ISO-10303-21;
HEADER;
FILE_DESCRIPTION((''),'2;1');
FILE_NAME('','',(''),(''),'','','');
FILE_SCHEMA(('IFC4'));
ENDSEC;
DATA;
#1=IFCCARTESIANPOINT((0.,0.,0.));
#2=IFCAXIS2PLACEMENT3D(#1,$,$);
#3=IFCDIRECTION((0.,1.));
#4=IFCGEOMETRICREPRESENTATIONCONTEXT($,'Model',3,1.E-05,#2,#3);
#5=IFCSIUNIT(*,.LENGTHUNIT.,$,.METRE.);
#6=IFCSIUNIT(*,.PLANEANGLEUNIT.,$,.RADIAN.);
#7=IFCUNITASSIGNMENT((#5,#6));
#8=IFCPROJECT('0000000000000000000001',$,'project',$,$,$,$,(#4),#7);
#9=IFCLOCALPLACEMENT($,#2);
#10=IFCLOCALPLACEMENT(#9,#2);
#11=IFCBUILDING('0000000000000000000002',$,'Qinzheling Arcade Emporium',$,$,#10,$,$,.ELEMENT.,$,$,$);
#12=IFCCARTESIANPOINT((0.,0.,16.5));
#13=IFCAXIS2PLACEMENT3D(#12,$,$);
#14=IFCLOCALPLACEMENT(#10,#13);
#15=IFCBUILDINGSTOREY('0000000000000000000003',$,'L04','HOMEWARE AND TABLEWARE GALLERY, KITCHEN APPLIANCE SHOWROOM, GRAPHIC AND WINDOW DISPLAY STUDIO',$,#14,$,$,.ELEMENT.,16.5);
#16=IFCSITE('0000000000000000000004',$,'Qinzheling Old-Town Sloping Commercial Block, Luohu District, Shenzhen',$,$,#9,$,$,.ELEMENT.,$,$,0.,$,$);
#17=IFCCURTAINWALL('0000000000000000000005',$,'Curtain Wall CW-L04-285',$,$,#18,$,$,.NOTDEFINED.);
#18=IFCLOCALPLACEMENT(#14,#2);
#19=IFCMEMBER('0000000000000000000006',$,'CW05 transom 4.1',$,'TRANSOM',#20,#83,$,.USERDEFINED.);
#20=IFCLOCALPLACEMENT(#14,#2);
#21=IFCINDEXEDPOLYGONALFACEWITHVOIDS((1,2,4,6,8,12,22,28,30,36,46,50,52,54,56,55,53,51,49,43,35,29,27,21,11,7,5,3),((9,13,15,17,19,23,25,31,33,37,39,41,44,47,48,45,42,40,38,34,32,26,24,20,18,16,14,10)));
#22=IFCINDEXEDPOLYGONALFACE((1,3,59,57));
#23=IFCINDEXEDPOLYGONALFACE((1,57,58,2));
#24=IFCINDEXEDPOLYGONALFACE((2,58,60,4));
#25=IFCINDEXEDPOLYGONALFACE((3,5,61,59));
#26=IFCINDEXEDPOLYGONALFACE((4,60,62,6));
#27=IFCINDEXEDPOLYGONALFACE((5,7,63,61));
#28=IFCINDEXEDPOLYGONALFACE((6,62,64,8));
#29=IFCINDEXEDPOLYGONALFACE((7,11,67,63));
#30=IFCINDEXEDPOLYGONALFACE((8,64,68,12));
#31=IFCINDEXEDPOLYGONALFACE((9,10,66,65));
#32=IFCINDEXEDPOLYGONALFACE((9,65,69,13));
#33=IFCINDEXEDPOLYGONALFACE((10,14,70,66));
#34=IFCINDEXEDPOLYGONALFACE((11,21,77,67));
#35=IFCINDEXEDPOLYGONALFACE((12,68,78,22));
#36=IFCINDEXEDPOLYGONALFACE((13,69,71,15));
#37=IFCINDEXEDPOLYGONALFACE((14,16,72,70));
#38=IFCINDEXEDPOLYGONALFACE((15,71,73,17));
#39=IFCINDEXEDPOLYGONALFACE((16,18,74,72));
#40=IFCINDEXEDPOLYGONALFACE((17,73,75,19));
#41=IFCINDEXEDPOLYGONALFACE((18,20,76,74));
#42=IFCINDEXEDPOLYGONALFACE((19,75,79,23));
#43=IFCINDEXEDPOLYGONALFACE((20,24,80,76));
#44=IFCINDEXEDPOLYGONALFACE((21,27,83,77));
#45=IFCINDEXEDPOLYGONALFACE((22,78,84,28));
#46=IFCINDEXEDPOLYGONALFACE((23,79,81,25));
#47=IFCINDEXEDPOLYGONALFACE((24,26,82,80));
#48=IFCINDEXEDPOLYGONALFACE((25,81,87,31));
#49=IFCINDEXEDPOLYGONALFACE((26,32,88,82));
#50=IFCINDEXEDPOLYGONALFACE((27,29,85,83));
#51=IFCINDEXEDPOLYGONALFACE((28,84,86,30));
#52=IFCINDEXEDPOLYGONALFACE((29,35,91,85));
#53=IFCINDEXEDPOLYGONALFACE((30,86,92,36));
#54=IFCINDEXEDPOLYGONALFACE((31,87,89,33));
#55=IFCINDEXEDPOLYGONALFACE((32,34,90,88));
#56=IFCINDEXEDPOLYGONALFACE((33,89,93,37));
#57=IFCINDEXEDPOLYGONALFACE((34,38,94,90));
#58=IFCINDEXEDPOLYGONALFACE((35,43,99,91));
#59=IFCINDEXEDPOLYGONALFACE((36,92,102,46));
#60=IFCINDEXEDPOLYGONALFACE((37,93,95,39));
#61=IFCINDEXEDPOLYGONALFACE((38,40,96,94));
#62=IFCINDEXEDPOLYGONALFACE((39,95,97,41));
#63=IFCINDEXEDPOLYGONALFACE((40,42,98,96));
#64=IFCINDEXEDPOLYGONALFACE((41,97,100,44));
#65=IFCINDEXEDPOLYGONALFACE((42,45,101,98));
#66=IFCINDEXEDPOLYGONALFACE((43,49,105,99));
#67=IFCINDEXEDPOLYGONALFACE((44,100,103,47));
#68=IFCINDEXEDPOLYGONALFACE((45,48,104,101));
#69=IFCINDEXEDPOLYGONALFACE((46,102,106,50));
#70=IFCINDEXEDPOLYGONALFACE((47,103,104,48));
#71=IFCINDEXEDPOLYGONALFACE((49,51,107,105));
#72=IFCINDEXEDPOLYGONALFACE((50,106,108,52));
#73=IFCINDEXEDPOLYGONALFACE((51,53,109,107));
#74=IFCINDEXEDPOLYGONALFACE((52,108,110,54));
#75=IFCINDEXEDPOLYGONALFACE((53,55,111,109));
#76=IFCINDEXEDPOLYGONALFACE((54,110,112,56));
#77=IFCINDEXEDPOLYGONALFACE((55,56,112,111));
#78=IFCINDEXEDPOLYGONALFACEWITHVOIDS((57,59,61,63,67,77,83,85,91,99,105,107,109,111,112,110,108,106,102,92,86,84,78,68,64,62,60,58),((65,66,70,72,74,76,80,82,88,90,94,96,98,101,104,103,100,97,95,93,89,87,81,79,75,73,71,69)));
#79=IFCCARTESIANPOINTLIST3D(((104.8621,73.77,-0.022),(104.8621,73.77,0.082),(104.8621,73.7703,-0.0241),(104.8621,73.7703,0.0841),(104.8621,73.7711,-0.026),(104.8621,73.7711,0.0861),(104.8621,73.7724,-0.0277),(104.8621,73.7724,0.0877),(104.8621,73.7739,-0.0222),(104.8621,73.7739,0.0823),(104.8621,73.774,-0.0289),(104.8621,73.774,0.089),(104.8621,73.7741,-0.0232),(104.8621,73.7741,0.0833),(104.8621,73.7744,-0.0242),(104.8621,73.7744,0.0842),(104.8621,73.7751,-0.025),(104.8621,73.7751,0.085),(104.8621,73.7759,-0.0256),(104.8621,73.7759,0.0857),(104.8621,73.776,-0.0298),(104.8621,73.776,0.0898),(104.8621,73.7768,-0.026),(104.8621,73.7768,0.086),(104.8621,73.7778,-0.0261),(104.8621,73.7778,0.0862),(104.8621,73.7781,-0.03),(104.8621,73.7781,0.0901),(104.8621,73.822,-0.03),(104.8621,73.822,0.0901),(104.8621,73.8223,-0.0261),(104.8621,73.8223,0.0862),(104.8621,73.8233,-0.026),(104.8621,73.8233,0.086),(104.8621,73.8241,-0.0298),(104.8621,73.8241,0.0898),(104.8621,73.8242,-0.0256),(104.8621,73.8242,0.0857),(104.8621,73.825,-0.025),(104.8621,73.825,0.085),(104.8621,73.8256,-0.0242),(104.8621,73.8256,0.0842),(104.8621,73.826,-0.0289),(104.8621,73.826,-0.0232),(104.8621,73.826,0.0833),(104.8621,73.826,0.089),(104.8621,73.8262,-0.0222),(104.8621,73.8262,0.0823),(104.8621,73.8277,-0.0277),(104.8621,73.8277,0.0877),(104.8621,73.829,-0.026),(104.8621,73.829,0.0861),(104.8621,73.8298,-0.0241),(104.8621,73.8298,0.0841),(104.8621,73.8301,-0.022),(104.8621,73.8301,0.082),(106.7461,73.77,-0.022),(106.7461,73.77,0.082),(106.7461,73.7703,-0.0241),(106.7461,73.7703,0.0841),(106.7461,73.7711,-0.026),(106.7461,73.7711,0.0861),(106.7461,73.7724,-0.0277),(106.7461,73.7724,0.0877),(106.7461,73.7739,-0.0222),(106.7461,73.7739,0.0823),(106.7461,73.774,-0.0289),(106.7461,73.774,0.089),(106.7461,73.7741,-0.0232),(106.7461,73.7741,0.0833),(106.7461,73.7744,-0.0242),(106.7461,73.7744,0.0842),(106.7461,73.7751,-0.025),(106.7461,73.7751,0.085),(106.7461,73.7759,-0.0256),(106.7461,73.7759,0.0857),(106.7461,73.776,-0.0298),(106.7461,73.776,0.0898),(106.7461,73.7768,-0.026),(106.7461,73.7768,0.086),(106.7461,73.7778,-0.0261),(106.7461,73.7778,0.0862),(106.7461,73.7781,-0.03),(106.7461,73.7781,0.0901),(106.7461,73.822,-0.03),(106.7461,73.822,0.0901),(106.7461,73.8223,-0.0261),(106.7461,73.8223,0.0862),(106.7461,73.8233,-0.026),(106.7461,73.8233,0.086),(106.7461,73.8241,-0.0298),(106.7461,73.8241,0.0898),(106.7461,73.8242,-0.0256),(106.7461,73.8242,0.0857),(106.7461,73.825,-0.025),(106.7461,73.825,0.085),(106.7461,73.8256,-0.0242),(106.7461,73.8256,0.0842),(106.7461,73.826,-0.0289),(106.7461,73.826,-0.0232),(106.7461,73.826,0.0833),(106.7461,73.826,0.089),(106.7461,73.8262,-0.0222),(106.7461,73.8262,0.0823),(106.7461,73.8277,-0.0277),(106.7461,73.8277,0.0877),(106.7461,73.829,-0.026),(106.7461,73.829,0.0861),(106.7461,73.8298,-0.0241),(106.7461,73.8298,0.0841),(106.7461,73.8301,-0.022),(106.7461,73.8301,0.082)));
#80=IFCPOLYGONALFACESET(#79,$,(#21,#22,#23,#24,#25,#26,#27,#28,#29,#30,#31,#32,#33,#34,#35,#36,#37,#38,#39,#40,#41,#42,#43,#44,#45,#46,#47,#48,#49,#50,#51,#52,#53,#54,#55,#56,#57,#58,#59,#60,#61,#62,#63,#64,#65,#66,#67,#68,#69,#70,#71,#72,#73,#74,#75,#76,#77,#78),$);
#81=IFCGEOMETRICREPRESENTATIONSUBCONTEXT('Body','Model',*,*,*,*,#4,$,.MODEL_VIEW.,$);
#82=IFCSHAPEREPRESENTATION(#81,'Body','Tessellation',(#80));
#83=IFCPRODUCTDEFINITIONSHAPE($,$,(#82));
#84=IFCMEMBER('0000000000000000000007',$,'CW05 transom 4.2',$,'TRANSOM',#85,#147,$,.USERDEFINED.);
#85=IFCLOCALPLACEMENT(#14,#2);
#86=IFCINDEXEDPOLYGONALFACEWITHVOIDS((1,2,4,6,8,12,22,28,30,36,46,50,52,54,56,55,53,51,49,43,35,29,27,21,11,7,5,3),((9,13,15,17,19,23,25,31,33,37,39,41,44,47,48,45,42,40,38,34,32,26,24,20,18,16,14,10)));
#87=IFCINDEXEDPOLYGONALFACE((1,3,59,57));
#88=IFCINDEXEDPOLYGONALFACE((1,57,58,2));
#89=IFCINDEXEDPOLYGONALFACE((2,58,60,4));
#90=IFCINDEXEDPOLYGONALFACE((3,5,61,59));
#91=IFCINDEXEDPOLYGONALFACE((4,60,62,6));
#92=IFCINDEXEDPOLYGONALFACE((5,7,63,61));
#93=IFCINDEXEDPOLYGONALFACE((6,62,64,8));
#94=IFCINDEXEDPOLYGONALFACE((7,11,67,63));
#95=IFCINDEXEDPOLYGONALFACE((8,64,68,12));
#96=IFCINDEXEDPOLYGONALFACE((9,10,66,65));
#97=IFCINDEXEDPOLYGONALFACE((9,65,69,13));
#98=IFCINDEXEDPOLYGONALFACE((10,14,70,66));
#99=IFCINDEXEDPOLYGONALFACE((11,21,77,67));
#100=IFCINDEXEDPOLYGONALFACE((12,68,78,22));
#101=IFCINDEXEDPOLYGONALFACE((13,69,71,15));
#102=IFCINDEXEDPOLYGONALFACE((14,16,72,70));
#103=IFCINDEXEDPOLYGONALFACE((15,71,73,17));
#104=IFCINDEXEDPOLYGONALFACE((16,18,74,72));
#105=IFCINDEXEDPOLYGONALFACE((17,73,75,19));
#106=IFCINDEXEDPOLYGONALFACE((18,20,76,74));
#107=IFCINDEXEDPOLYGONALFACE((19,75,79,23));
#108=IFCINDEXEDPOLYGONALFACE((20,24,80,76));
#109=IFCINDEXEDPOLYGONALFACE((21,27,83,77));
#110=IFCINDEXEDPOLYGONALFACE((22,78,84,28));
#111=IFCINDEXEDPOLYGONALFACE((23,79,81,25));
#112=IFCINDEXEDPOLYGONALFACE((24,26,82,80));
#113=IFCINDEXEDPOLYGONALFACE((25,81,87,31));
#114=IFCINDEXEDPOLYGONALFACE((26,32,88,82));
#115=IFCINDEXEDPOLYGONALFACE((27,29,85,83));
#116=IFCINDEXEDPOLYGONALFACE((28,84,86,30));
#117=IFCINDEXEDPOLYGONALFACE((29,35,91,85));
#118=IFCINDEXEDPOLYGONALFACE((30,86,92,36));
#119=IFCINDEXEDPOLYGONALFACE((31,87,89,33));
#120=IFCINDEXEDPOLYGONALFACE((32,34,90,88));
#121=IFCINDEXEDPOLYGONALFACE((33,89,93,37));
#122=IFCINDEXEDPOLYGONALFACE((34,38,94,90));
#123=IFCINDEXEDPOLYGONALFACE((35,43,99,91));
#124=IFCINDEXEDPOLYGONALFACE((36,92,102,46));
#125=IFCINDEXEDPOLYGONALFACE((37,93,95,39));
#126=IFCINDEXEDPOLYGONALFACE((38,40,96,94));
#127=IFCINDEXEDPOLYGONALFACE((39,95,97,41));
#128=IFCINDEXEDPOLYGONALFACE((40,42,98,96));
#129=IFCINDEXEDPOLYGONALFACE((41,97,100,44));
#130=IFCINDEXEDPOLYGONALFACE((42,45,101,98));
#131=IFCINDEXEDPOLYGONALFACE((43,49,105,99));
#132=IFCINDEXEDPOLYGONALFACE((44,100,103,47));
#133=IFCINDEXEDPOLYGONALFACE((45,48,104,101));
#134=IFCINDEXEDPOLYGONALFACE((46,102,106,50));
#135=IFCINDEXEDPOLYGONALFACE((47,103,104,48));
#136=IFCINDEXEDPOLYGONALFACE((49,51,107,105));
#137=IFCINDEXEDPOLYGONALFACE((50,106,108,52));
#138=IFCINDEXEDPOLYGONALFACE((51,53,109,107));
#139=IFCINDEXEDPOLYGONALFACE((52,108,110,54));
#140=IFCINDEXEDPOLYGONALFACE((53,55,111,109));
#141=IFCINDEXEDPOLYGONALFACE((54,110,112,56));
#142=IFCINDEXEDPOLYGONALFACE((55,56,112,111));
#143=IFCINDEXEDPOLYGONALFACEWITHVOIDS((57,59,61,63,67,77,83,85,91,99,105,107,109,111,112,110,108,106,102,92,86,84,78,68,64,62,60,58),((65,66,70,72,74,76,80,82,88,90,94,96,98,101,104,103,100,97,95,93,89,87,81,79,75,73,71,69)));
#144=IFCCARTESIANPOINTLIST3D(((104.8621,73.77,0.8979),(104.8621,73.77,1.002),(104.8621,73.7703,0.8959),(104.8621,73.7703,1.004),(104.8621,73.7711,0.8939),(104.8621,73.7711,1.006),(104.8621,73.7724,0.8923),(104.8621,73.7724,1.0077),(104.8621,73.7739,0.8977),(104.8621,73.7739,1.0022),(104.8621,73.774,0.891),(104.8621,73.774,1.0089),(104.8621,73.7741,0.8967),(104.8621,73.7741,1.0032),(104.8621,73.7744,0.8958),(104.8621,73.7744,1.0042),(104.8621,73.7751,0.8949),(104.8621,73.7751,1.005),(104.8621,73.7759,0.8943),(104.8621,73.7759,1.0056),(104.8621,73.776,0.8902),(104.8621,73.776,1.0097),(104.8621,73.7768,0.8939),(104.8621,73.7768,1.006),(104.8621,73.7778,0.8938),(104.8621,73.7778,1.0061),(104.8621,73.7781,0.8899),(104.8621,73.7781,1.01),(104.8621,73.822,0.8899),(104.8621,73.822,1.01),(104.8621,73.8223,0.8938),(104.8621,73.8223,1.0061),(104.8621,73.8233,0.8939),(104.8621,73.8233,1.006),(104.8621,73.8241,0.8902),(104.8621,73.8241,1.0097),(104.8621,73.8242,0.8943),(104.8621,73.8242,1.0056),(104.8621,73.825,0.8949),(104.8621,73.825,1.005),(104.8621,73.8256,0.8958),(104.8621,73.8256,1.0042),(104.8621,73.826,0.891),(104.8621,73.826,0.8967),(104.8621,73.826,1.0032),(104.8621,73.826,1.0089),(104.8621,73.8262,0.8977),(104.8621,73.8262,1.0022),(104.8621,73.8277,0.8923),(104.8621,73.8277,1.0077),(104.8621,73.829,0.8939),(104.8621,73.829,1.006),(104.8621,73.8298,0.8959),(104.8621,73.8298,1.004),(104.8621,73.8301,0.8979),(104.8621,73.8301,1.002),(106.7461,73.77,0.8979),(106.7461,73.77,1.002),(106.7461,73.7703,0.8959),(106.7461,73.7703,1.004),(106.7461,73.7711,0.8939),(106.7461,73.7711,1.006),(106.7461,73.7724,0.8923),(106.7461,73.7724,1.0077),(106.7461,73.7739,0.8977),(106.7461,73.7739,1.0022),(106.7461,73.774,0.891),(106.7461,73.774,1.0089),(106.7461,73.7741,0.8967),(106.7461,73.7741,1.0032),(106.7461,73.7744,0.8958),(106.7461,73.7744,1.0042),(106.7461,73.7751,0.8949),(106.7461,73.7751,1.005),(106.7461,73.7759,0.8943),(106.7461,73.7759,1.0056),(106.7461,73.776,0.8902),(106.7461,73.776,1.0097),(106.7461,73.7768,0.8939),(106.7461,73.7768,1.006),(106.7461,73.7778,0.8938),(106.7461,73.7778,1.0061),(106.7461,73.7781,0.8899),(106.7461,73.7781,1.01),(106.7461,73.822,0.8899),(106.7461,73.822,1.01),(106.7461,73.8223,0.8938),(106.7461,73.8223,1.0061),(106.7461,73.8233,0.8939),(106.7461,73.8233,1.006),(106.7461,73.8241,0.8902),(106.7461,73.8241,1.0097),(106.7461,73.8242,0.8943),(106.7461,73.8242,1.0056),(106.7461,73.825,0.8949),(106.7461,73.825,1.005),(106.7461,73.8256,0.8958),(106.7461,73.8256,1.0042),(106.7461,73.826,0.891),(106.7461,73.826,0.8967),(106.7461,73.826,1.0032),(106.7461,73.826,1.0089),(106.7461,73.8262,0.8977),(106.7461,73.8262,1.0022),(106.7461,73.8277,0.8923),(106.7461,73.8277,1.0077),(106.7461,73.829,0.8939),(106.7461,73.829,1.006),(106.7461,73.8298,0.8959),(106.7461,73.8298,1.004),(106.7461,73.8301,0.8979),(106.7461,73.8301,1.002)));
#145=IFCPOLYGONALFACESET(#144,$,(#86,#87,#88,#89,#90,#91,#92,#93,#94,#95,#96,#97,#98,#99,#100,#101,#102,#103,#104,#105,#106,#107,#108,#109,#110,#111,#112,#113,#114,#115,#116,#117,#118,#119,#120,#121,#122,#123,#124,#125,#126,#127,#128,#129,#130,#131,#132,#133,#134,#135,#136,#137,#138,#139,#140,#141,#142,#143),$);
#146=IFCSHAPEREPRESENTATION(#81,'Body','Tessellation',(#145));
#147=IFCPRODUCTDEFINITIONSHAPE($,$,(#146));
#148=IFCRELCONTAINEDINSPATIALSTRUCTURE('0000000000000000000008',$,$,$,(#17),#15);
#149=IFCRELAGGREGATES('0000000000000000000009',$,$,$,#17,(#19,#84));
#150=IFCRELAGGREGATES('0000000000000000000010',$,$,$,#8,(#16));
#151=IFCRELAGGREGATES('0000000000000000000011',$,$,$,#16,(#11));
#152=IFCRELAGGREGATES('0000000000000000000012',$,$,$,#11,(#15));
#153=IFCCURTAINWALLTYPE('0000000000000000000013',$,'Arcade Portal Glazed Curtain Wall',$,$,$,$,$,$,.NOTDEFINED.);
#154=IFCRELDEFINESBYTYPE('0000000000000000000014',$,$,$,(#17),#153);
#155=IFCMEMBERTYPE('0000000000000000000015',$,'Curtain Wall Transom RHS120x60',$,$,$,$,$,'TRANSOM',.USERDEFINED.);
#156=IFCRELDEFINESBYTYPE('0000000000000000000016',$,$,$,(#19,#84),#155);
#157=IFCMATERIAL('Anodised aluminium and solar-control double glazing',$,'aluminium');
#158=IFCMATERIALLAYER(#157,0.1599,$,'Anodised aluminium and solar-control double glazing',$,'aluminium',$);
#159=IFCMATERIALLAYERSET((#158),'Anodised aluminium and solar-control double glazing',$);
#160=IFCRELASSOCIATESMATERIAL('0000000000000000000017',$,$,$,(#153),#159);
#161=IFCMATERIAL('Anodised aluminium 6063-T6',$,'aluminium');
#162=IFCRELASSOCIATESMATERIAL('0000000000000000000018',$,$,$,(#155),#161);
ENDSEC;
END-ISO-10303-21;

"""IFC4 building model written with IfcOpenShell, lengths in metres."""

from ifc_helpers import new_model, si_unit, direction, frame, origin, origin_2d, place, context, subcontext, project, spatial, hollow_rectangle, extrude, material, layer, layer_set, material_profile, profile_set, type_object, element, aggregate, save


model = new_model("IFC4")

# Units and contexts
model_context = context("Model", 3, precision=1e-05, world=origin(), true_north=direction((0.0, 1.0)))
body_context = subcontext(model_context, "Body", "Model", "MODEL_VIEW")
ifc_project = project(units=[si_unit("LENGTHUNIT", "METRE"), si_unit("PLANEANGLEUNIT", "RADIAN")], contexts=[model_context])

# Site, building, storey
site_placement = place(None, origin())
site = spatial("IfcSite", under=ifc_project, at=site_placement, Name="Qinzheling Old-Town Sloping Commercial Block, Luohu District, Shenzhen", CompositionType="ELEMENT", RefElevation=0.0)
building_placement = place(site_placement, origin())
building = spatial("IfcBuilding", under=site, at=building_placement, Name="Qinzheling Arcade Emporium", CompositionType="ELEMENT")
storey_placement = place(building_placement, frame((0.0, 0.0, 16.5)))
storey = spatial("IfcBuildingStorey", under=building, at=storey_placement, Name="L04", Description="HOMEWARE AND TABLEWARE GALLERY, KITCHEN APPLIANCE SHOWROOM, GRAPHIC AND WINDOW DISPLAY STUDIO", CompositionType="ELEMENT", Elevation=16.5)

# Curtain wall, members
ifc_material_1 = material(Name="Anodised aluminium and solar-control double glazing", Category="aluminium")
ifc_layer_1 = layer(ifc_material_1, 0.1599, Name="Anodised aluminium and solar-control double glazing", Category="aluminium")
ifc_layer_set_1 = layer_set([ifc_layer_1], Name="Anodised aluminium and solar-control double glazing")
curtain_wall_type = type_object("IfcCurtainWallType", Name="Arcade Portal Glazed Curtain Wall", PredefinedType="NOTDEFINED", material=ifc_layer_set_1)
curtain_wall_placement = place(storey_placement, origin())
curtain_wall = element("IfcCurtainWall", 1, at=curtain_wall_placement, inside=storey, type_object=curtain_wall_type, Name="Curtain Wall CW-L04-285", PredefinedType="NOTDEFINED")
ifc_material_2 = material(Name="Anodised aluminium 6063-T6", Category="aluminium")
ifc_material_profile_1 = material_profile(ifc_material_2, hollow_rectangle(XDim=0.0601, YDim=0.1201, WallThickness=0.0039, InnerFilletRadius=0.0039, OuterFilletRadius=0.0081, at=origin_2d()), Name="RHS 120x60x4", Category="aluminium")
ifc_profile_set_1 = profile_set([ifc_material_profile_1], Name="Anodised aluminium 6063-T6")
member_type_1 = type_object("IfcMemberType", Name="Curtain Wall Transom RHS120x60", ElementType="TRANSOM", PredefinedType="USERDEFINED", material=ifc_profile_set_1)
member_1_placement = place(storey_placement, frame((106.7461, 73.8, 0.03), z_axis=(-1.0, 0.0, 0.0), x_axis=(0.0, -1.0, 0.0)))
member_1 = element("IfcMember", 2, at=member_1_placement, type_object=member_type_1, Name="CW05 transom 4.1", ObjectType="TRANSOM", PredefinedType="USERDEFINED", context=body_context, shape_type="SweptSolid", body=[
    extrude(hollow_rectangle(XDim=0.0601, YDim=0.1201, WallThickness=0.0039, InnerFilletRadius=0.0039, OuterFilletRadius=0.0081, at=origin_2d()), origin(), (0.0, 0.0, 1.0), 1.884),
])
member_2_placement = place(storey_placement, frame((106.7461, 73.8, 0.95), z_axis=(-1.0, 0.0, 0.0), x_axis=(0.0, -1.0, 0.0)))
member_2 = element("IfcMember", 3, at=member_2_placement, type_object=member_type_1, Name="CW05 transom 4.2", ObjectType="TRANSOM", PredefinedType="USERDEFINED", context=body_context, shape_type="SweptSolid", body=[
    extrude(hollow_rectangle(XDim=0.0601, YDim=0.1201, WallThickness=0.0039, InnerFilletRadius=0.0039, OuterFilletRadius=0.0081, at=origin_2d()), origin(), (0.0, 0.0, 1.0), 1.884),
])
aggregate(curtain_wall, [member_1, member_2])

save(model, "model.ifc")
